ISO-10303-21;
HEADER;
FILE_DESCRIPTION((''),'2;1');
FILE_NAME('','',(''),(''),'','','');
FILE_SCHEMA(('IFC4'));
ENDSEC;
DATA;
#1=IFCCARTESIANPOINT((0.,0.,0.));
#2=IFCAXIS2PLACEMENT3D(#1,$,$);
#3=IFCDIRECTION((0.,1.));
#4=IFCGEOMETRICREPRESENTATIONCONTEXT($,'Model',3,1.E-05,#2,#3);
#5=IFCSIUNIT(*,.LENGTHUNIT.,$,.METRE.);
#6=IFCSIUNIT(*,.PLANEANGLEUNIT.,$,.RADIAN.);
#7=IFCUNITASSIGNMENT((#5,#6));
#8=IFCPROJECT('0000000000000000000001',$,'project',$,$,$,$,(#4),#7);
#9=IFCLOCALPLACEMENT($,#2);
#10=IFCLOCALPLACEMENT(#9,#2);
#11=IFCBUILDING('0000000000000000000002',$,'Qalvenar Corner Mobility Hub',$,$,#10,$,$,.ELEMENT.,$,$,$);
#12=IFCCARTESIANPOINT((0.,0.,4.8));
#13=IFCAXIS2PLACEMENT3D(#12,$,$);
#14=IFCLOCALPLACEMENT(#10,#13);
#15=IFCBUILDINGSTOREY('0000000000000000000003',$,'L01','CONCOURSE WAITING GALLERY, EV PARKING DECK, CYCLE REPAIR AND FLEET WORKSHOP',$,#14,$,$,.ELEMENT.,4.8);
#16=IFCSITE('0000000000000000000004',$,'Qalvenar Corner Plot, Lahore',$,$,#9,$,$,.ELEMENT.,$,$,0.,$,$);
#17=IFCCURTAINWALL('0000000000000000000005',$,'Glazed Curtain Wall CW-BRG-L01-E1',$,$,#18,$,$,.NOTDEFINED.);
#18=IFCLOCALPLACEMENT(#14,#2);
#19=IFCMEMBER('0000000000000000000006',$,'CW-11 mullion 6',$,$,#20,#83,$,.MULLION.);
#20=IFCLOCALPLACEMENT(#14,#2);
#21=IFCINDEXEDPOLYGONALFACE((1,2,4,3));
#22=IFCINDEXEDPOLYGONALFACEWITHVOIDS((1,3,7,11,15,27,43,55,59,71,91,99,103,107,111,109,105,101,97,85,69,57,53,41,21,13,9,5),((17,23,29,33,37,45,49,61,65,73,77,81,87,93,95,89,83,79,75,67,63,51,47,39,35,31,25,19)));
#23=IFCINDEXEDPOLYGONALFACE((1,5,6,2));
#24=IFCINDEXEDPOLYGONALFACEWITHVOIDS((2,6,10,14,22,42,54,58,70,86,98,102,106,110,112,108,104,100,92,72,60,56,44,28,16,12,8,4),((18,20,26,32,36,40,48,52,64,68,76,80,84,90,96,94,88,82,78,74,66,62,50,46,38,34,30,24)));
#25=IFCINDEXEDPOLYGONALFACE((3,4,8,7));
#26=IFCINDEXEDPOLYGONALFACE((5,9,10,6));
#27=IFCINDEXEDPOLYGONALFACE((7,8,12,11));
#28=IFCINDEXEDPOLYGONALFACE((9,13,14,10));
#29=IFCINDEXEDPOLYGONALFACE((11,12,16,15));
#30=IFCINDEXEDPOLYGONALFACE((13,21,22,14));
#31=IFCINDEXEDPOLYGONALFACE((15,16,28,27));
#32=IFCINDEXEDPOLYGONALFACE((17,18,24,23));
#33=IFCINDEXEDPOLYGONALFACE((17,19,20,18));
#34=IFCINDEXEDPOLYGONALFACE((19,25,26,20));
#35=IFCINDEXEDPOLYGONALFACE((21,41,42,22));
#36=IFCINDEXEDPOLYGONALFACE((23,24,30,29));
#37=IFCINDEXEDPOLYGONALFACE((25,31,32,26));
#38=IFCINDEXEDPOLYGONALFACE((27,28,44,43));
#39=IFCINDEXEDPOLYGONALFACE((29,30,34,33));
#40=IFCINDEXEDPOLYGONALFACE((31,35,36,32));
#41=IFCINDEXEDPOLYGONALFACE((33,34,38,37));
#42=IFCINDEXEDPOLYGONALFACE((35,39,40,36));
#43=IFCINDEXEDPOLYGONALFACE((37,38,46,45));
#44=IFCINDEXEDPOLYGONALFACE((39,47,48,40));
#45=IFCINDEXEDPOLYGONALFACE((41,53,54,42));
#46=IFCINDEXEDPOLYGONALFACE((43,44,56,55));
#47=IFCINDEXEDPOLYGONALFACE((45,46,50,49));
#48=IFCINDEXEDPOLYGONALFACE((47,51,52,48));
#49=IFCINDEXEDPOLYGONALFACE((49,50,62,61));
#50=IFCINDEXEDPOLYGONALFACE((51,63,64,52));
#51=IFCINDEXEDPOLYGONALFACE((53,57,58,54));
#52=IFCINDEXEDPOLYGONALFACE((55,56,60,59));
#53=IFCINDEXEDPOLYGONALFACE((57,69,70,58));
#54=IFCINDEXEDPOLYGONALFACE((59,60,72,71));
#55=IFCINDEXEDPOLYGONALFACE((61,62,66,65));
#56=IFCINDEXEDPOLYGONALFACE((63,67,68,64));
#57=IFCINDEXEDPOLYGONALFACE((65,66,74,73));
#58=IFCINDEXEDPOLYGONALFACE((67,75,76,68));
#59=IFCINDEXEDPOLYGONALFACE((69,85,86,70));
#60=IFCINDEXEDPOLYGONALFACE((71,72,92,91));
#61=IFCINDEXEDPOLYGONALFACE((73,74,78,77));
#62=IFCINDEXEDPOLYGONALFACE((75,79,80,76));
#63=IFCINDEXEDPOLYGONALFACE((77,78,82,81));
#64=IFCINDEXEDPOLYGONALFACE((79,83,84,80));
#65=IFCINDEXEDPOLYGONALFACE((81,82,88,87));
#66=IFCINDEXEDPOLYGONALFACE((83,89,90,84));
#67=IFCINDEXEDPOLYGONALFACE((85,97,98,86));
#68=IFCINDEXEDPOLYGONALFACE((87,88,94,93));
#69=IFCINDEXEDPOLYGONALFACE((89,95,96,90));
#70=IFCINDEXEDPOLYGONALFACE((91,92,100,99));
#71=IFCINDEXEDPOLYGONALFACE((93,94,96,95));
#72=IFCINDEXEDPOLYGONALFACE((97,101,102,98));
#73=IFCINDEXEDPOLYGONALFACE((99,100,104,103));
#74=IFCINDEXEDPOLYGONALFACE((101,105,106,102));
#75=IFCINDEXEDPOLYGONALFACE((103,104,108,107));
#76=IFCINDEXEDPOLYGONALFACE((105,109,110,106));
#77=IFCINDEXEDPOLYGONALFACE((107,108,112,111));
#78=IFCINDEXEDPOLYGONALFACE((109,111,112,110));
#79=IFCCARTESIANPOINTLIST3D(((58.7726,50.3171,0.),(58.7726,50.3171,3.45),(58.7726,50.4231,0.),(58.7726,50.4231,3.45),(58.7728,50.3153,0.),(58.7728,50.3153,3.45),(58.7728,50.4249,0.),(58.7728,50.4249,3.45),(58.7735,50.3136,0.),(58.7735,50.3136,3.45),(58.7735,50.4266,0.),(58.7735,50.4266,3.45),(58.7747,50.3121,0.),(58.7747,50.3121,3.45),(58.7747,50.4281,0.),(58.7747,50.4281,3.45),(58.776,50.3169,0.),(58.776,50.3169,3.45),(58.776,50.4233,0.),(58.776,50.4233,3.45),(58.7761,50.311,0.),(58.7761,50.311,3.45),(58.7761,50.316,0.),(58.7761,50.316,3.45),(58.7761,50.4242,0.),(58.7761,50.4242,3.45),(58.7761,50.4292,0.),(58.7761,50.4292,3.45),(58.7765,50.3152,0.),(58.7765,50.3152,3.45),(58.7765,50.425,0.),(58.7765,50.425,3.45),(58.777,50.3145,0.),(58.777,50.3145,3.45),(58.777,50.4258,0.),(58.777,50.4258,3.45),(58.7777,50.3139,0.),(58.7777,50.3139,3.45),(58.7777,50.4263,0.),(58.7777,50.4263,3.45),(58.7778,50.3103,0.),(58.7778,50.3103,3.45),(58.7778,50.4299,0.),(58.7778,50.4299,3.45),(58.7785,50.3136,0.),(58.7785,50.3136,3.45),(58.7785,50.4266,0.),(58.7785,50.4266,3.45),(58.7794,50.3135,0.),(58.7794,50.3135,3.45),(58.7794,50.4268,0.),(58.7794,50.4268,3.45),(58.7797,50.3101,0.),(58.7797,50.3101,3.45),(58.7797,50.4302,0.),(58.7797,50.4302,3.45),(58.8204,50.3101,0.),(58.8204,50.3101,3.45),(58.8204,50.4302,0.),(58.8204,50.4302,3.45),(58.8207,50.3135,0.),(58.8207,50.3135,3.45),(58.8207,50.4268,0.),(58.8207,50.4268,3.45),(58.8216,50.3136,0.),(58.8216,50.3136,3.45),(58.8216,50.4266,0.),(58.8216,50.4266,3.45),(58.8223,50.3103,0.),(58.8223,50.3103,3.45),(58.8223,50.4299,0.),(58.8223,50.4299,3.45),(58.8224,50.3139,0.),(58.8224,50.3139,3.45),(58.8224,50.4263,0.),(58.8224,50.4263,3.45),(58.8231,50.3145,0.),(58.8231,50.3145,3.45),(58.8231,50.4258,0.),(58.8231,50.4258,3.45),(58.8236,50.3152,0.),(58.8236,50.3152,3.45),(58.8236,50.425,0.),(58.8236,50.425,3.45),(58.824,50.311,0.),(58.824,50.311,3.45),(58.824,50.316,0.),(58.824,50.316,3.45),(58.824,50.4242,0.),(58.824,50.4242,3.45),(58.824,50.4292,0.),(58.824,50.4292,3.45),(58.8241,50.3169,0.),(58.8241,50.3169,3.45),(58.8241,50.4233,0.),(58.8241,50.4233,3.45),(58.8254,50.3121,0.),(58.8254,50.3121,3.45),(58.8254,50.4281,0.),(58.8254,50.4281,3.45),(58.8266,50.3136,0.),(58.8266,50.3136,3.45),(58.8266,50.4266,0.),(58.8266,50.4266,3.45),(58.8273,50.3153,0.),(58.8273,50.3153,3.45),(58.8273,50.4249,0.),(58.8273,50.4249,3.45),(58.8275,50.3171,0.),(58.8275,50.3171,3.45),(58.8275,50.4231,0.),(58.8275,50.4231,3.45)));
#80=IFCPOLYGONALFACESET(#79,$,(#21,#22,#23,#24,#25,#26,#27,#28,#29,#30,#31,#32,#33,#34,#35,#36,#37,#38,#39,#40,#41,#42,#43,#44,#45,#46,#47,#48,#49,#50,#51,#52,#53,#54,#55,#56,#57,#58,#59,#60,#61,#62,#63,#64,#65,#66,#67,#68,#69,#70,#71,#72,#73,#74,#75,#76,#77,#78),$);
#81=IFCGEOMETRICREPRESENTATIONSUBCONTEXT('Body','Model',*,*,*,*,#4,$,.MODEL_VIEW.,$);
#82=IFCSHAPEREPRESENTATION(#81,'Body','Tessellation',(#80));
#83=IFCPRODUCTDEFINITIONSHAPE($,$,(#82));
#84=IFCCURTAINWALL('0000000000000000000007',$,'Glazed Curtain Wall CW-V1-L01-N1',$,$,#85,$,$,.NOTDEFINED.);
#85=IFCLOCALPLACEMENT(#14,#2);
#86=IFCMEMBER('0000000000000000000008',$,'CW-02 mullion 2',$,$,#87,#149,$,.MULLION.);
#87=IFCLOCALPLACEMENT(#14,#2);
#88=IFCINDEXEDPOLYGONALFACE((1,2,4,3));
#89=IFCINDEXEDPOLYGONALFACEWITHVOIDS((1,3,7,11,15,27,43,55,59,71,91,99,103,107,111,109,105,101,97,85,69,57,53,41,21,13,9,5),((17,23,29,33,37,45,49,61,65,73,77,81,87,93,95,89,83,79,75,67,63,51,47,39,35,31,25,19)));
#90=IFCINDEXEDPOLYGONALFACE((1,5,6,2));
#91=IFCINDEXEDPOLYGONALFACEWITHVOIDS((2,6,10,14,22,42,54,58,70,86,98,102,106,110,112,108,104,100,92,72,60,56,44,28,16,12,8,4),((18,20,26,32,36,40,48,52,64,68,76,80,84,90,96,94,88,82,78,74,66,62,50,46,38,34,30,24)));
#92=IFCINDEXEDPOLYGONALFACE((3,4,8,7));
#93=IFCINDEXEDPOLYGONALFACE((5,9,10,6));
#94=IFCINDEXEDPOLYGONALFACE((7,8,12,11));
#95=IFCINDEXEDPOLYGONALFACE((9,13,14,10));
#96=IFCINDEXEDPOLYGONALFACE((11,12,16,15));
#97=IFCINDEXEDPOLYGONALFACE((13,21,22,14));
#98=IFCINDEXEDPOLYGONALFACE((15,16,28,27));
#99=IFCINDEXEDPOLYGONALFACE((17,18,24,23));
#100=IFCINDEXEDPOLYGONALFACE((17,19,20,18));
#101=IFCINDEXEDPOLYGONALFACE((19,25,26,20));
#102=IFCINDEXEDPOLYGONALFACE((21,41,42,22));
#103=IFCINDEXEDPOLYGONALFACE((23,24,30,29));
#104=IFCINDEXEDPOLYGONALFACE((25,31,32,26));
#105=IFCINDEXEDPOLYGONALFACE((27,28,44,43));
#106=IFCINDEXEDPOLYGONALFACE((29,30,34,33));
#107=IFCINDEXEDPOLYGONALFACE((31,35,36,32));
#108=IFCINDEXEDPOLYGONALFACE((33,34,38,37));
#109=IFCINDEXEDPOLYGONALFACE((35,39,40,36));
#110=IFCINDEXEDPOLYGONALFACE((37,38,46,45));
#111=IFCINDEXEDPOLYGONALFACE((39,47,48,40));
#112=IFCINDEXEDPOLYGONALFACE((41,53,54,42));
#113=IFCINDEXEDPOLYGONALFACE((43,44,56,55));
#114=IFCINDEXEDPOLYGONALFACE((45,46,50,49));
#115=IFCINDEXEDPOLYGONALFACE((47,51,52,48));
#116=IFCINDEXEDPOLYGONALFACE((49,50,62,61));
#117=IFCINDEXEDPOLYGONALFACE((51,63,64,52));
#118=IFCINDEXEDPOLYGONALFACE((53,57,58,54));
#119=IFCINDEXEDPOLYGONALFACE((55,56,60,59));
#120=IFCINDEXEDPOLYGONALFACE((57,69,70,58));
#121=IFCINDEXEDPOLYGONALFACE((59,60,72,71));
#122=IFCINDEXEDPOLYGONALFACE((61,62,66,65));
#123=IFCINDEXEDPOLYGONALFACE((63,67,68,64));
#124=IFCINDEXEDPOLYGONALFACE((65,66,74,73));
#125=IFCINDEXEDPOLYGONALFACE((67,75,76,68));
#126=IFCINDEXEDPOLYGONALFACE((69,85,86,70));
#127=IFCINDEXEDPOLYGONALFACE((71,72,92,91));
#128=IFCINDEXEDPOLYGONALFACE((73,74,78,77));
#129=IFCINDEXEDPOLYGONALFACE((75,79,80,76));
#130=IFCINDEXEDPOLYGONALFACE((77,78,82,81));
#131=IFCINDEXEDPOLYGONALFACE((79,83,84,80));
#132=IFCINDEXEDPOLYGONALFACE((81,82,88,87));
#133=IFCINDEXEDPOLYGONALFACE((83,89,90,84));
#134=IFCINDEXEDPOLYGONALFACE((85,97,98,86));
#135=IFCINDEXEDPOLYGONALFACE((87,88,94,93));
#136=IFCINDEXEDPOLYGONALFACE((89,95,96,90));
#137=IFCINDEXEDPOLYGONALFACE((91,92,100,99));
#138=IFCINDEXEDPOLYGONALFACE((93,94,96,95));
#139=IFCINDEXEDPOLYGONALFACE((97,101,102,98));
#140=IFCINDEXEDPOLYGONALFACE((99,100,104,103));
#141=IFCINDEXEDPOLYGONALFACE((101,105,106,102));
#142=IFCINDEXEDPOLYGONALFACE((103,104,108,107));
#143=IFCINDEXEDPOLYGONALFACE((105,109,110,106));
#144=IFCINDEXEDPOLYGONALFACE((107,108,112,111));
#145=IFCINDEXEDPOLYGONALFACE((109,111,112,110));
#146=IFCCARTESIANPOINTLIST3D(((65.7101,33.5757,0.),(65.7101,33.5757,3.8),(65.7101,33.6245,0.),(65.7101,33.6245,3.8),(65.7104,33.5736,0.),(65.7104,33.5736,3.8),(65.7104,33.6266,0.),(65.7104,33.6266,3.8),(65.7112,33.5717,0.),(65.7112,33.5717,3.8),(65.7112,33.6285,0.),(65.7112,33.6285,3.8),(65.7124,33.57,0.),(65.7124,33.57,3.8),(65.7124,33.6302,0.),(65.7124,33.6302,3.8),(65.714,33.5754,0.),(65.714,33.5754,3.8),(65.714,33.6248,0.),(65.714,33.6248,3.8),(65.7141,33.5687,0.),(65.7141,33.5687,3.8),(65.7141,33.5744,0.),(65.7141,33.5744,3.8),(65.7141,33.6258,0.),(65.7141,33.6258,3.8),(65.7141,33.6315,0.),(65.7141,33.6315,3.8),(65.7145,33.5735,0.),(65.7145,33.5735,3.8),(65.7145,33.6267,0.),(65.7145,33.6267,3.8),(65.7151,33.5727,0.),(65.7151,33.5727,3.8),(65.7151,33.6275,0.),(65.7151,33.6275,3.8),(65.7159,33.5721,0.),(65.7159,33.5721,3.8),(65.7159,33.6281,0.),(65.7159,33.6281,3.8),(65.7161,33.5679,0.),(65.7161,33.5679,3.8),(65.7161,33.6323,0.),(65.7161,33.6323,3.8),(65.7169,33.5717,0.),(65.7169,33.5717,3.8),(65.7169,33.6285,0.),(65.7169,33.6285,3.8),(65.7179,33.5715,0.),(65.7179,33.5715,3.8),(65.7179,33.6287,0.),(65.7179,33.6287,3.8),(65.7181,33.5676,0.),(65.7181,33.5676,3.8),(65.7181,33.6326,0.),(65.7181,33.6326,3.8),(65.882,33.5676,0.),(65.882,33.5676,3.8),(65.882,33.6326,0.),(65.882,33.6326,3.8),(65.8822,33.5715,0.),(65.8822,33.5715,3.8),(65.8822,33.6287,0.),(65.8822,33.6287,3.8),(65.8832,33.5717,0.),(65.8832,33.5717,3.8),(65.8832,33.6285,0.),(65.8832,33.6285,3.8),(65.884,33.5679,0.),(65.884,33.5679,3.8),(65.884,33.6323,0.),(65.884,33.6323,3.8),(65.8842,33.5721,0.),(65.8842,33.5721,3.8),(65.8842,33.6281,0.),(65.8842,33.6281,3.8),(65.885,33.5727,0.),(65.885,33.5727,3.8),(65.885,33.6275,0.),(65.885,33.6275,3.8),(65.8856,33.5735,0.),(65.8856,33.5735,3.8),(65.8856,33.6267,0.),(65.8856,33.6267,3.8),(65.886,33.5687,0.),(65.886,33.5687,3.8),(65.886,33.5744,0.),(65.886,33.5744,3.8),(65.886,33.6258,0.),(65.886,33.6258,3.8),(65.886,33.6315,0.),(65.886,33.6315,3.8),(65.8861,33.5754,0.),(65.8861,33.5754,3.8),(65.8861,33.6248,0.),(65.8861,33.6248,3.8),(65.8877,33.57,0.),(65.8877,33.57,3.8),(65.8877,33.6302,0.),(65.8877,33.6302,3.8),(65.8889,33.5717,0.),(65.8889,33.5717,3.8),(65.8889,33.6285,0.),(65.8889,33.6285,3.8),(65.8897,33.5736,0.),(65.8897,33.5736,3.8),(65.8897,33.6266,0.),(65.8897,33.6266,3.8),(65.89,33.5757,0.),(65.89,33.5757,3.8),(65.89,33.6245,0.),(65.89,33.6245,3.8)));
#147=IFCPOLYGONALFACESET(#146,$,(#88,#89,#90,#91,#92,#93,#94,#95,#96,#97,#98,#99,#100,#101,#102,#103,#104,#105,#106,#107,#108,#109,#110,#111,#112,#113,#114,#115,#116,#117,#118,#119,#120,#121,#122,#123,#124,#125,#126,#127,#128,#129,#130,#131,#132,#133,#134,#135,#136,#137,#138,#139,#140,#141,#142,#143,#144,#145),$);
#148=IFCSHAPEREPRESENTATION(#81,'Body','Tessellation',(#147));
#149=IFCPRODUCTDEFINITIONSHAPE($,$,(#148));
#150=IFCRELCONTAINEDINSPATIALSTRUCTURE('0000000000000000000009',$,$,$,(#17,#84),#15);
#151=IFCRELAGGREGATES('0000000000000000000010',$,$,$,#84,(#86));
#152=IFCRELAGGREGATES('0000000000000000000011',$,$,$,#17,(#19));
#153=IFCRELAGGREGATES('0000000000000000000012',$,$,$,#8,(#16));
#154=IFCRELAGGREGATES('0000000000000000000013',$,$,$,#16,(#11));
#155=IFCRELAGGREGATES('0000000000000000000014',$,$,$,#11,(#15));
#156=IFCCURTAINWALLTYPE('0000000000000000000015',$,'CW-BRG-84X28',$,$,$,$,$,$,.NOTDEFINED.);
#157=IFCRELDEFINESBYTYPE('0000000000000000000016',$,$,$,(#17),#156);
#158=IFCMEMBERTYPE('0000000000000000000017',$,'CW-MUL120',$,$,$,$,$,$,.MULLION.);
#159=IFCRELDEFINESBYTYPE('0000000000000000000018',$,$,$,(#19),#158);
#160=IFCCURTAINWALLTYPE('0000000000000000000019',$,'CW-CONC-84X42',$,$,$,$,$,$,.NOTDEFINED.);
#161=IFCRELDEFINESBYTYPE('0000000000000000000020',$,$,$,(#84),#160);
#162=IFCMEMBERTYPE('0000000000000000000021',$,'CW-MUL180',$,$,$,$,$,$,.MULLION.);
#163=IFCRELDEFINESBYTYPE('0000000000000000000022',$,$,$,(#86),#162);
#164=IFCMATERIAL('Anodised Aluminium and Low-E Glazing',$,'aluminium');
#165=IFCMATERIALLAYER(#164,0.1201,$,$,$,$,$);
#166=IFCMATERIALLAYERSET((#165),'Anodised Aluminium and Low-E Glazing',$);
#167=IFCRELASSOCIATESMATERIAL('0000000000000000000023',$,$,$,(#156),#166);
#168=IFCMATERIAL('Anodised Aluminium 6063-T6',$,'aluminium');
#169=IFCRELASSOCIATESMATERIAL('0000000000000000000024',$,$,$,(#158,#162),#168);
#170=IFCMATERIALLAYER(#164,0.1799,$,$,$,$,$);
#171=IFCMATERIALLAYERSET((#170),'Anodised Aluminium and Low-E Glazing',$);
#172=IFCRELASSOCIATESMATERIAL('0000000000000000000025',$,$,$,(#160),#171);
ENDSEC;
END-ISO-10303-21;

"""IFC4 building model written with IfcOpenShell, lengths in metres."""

from ifc_helpers import new_model, si_unit, direction, frame, origin, origin_2d, place, context, subcontext, project, spatial, hollow_rectangle, extrude, material, layer, layer_set, material_profile, profile_set, type_object, element, aggregate, save


model = new_model("IFC4")

# Units and contexts
model_context = context("Model", 3, precision=1e-05, world=origin(), true_north=direction((0.0, 1.0)))
body_context = subcontext(model_context, "Body", "Model", "MODEL_VIEW")
ifc_project = project(units=[si_unit("LENGTHUNIT", "METRE"), si_unit("PLANEANGLEUNIT", "RADIAN")], contexts=[model_context])

# Site, building, storey
site_placement = place(None, origin())
site = spatial("IfcSite", under=ifc_project, at=site_placement, Name="Qalvenar Corner Plot, Lahore", CompositionType="ELEMENT", RefElevation=0.0)
building_placement = place(site_placement, origin())
building = spatial("IfcBuilding", under=site, at=building_placement, Name="Qalvenar Corner Mobility Hub", CompositionType="ELEMENT")
storey_placement = place(building_placement, frame((0.0, 0.0, 4.8)))
storey = spatial("IfcBuildingStorey", under=building, at=storey_placement, Name="L01", Description="CONCOURSE WAITING GALLERY, EV PARKING DECK, CYCLE REPAIR AND FLEET WORKSHOP", CompositionType="ELEMENT", Elevation=4.8)

# Curtain walls, members
ifc_material_1 = material(Name="Anodised Aluminium and Low-E Glazing", Category="aluminium")
ifc_layer_1 = layer(ifc_material_1, 0.1201)
ifc_layer_set_1 = layer_set([ifc_layer_1], Name="Anodised Aluminium and Low-E Glazing")
curtain_wall_type_1 = type_object("IfcCurtainWallType", Name="CW-BRG-84X28", PredefinedType="NOTDEFINED", material=ifc_layer_set_1)
curtain_wall_1_placement = place(storey_placement, origin())
curtain_wall_1 = element("IfcCurtainWall", 1, at=curtain_wall_1_placement, inside=storey, type_object=curtain_wall_type_1, Name="Glazed Curtain Wall CW-BRG-L01-E1", PredefinedType="NOTDEFINED")
ifc_material_2 = material(Name="Anodised Aluminium 6063-T6", Category="aluminium")
ifc_material_profile_1 = material_profile(ifc_material_2, hollow_rectangle(XDim=0.0549, YDim=0.1201, WallThickness=0.0034, InnerFilletRadius=0.0034, OuterFilletRadius=0.0071, at=origin_2d()), Name="RHS120x55x3.5")
ifc_profile_set_1 = profile_set([ifc_material_profile_1], Name="Anodised Aluminium 6063-T6")
member_type_1 = type_object("IfcMemberType", Name="CW-MUL120", PredefinedType="MULLION", material=ifc_profile_set_1)
member_1_placement = place(storey_placement, frame((58.8, 50.3701, 0.0), z_axis=(0.0, 0.0, 1.0), x_axis=(-1.0, 0.0, 0.0)))
member_1 = element("IfcMember", 2, at=member_1_placement, type_object=member_type_1, Name="CW-11 mullion 6", PredefinedType="MULLION", context=body_context, shape_type="SweptSolid", body=[
    extrude(hollow_rectangle(XDim=0.0549, YDim=0.1201, WallThickness=0.0034, InnerFilletRadius=0.0034, OuterFilletRadius=0.0071, at=origin_2d()), origin(), (0.0, 0.0, 1.0), 3.45),
])
ifc_layer_2 = layer(ifc_material_1, 0.1799)
ifc_layer_set_2 = layer_set([ifc_layer_2], Name="Anodised Aluminium and Low-E Glazing")
curtain_wall_type_2 = type_object("IfcCurtainWallType", Name="CW-CONC-84X42", PredefinedType="NOTDEFINED", material=ifc_layer_set_2)
curtain_wall_2_placement = place(storey_placement, origin())
curtain_wall_2 = element("IfcCurtainWall", 3, at=curtain_wall_2_placement, inside=storey, type_object=curtain_wall_type_2, Name="Glazed Curtain Wall CW-V1-L01-N1", PredefinedType="NOTDEFINED")
ifc_material_profile_2 = material_profile(ifc_material_2, hollow_rectangle(XDim=0.0649, YDim=0.1799, WallThickness=0.0039, InnerFilletRadius=0.0039, OuterFilletRadius=0.0081, at=origin_2d()), Name="RHS180x65x4")
ifc_profile_set_2 = profile_set([ifc_material_profile_2], Name="Anodised Aluminium 6063-T6")
member_type_2 = type_object("IfcMemberType", Name="CW-MUL180", PredefinedType="MULLION", material=ifc_profile_set_2)
member_2_placement = place(storey_placement, frame((65.8, 33.6001, 0.0), z_axis=(0.0, 0.0, 1.0), x_axis=(0.0, -1.0, 0.0)))
member_2 = element("IfcMember", 4, at=member_2_placement, type_object=member_type_2, Name="CW-02 mullion 2", PredefinedType="MULLION", context=body_context, shape_type="SweptSolid", body=[
    extrude(hollow_rectangle(XDim=0.0649, YDim=0.1799, WallThickness=0.0039, InnerFilletRadius=0.0039, OuterFilletRadius=0.0081, at=origin_2d()), origin(), (0.0, 0.0, 1.0), 3.8),
])

aggregate(curtain_wall_2, [member_2])
aggregate(curtain_wall_1, [member_1])

save(model, "model.ifc")
